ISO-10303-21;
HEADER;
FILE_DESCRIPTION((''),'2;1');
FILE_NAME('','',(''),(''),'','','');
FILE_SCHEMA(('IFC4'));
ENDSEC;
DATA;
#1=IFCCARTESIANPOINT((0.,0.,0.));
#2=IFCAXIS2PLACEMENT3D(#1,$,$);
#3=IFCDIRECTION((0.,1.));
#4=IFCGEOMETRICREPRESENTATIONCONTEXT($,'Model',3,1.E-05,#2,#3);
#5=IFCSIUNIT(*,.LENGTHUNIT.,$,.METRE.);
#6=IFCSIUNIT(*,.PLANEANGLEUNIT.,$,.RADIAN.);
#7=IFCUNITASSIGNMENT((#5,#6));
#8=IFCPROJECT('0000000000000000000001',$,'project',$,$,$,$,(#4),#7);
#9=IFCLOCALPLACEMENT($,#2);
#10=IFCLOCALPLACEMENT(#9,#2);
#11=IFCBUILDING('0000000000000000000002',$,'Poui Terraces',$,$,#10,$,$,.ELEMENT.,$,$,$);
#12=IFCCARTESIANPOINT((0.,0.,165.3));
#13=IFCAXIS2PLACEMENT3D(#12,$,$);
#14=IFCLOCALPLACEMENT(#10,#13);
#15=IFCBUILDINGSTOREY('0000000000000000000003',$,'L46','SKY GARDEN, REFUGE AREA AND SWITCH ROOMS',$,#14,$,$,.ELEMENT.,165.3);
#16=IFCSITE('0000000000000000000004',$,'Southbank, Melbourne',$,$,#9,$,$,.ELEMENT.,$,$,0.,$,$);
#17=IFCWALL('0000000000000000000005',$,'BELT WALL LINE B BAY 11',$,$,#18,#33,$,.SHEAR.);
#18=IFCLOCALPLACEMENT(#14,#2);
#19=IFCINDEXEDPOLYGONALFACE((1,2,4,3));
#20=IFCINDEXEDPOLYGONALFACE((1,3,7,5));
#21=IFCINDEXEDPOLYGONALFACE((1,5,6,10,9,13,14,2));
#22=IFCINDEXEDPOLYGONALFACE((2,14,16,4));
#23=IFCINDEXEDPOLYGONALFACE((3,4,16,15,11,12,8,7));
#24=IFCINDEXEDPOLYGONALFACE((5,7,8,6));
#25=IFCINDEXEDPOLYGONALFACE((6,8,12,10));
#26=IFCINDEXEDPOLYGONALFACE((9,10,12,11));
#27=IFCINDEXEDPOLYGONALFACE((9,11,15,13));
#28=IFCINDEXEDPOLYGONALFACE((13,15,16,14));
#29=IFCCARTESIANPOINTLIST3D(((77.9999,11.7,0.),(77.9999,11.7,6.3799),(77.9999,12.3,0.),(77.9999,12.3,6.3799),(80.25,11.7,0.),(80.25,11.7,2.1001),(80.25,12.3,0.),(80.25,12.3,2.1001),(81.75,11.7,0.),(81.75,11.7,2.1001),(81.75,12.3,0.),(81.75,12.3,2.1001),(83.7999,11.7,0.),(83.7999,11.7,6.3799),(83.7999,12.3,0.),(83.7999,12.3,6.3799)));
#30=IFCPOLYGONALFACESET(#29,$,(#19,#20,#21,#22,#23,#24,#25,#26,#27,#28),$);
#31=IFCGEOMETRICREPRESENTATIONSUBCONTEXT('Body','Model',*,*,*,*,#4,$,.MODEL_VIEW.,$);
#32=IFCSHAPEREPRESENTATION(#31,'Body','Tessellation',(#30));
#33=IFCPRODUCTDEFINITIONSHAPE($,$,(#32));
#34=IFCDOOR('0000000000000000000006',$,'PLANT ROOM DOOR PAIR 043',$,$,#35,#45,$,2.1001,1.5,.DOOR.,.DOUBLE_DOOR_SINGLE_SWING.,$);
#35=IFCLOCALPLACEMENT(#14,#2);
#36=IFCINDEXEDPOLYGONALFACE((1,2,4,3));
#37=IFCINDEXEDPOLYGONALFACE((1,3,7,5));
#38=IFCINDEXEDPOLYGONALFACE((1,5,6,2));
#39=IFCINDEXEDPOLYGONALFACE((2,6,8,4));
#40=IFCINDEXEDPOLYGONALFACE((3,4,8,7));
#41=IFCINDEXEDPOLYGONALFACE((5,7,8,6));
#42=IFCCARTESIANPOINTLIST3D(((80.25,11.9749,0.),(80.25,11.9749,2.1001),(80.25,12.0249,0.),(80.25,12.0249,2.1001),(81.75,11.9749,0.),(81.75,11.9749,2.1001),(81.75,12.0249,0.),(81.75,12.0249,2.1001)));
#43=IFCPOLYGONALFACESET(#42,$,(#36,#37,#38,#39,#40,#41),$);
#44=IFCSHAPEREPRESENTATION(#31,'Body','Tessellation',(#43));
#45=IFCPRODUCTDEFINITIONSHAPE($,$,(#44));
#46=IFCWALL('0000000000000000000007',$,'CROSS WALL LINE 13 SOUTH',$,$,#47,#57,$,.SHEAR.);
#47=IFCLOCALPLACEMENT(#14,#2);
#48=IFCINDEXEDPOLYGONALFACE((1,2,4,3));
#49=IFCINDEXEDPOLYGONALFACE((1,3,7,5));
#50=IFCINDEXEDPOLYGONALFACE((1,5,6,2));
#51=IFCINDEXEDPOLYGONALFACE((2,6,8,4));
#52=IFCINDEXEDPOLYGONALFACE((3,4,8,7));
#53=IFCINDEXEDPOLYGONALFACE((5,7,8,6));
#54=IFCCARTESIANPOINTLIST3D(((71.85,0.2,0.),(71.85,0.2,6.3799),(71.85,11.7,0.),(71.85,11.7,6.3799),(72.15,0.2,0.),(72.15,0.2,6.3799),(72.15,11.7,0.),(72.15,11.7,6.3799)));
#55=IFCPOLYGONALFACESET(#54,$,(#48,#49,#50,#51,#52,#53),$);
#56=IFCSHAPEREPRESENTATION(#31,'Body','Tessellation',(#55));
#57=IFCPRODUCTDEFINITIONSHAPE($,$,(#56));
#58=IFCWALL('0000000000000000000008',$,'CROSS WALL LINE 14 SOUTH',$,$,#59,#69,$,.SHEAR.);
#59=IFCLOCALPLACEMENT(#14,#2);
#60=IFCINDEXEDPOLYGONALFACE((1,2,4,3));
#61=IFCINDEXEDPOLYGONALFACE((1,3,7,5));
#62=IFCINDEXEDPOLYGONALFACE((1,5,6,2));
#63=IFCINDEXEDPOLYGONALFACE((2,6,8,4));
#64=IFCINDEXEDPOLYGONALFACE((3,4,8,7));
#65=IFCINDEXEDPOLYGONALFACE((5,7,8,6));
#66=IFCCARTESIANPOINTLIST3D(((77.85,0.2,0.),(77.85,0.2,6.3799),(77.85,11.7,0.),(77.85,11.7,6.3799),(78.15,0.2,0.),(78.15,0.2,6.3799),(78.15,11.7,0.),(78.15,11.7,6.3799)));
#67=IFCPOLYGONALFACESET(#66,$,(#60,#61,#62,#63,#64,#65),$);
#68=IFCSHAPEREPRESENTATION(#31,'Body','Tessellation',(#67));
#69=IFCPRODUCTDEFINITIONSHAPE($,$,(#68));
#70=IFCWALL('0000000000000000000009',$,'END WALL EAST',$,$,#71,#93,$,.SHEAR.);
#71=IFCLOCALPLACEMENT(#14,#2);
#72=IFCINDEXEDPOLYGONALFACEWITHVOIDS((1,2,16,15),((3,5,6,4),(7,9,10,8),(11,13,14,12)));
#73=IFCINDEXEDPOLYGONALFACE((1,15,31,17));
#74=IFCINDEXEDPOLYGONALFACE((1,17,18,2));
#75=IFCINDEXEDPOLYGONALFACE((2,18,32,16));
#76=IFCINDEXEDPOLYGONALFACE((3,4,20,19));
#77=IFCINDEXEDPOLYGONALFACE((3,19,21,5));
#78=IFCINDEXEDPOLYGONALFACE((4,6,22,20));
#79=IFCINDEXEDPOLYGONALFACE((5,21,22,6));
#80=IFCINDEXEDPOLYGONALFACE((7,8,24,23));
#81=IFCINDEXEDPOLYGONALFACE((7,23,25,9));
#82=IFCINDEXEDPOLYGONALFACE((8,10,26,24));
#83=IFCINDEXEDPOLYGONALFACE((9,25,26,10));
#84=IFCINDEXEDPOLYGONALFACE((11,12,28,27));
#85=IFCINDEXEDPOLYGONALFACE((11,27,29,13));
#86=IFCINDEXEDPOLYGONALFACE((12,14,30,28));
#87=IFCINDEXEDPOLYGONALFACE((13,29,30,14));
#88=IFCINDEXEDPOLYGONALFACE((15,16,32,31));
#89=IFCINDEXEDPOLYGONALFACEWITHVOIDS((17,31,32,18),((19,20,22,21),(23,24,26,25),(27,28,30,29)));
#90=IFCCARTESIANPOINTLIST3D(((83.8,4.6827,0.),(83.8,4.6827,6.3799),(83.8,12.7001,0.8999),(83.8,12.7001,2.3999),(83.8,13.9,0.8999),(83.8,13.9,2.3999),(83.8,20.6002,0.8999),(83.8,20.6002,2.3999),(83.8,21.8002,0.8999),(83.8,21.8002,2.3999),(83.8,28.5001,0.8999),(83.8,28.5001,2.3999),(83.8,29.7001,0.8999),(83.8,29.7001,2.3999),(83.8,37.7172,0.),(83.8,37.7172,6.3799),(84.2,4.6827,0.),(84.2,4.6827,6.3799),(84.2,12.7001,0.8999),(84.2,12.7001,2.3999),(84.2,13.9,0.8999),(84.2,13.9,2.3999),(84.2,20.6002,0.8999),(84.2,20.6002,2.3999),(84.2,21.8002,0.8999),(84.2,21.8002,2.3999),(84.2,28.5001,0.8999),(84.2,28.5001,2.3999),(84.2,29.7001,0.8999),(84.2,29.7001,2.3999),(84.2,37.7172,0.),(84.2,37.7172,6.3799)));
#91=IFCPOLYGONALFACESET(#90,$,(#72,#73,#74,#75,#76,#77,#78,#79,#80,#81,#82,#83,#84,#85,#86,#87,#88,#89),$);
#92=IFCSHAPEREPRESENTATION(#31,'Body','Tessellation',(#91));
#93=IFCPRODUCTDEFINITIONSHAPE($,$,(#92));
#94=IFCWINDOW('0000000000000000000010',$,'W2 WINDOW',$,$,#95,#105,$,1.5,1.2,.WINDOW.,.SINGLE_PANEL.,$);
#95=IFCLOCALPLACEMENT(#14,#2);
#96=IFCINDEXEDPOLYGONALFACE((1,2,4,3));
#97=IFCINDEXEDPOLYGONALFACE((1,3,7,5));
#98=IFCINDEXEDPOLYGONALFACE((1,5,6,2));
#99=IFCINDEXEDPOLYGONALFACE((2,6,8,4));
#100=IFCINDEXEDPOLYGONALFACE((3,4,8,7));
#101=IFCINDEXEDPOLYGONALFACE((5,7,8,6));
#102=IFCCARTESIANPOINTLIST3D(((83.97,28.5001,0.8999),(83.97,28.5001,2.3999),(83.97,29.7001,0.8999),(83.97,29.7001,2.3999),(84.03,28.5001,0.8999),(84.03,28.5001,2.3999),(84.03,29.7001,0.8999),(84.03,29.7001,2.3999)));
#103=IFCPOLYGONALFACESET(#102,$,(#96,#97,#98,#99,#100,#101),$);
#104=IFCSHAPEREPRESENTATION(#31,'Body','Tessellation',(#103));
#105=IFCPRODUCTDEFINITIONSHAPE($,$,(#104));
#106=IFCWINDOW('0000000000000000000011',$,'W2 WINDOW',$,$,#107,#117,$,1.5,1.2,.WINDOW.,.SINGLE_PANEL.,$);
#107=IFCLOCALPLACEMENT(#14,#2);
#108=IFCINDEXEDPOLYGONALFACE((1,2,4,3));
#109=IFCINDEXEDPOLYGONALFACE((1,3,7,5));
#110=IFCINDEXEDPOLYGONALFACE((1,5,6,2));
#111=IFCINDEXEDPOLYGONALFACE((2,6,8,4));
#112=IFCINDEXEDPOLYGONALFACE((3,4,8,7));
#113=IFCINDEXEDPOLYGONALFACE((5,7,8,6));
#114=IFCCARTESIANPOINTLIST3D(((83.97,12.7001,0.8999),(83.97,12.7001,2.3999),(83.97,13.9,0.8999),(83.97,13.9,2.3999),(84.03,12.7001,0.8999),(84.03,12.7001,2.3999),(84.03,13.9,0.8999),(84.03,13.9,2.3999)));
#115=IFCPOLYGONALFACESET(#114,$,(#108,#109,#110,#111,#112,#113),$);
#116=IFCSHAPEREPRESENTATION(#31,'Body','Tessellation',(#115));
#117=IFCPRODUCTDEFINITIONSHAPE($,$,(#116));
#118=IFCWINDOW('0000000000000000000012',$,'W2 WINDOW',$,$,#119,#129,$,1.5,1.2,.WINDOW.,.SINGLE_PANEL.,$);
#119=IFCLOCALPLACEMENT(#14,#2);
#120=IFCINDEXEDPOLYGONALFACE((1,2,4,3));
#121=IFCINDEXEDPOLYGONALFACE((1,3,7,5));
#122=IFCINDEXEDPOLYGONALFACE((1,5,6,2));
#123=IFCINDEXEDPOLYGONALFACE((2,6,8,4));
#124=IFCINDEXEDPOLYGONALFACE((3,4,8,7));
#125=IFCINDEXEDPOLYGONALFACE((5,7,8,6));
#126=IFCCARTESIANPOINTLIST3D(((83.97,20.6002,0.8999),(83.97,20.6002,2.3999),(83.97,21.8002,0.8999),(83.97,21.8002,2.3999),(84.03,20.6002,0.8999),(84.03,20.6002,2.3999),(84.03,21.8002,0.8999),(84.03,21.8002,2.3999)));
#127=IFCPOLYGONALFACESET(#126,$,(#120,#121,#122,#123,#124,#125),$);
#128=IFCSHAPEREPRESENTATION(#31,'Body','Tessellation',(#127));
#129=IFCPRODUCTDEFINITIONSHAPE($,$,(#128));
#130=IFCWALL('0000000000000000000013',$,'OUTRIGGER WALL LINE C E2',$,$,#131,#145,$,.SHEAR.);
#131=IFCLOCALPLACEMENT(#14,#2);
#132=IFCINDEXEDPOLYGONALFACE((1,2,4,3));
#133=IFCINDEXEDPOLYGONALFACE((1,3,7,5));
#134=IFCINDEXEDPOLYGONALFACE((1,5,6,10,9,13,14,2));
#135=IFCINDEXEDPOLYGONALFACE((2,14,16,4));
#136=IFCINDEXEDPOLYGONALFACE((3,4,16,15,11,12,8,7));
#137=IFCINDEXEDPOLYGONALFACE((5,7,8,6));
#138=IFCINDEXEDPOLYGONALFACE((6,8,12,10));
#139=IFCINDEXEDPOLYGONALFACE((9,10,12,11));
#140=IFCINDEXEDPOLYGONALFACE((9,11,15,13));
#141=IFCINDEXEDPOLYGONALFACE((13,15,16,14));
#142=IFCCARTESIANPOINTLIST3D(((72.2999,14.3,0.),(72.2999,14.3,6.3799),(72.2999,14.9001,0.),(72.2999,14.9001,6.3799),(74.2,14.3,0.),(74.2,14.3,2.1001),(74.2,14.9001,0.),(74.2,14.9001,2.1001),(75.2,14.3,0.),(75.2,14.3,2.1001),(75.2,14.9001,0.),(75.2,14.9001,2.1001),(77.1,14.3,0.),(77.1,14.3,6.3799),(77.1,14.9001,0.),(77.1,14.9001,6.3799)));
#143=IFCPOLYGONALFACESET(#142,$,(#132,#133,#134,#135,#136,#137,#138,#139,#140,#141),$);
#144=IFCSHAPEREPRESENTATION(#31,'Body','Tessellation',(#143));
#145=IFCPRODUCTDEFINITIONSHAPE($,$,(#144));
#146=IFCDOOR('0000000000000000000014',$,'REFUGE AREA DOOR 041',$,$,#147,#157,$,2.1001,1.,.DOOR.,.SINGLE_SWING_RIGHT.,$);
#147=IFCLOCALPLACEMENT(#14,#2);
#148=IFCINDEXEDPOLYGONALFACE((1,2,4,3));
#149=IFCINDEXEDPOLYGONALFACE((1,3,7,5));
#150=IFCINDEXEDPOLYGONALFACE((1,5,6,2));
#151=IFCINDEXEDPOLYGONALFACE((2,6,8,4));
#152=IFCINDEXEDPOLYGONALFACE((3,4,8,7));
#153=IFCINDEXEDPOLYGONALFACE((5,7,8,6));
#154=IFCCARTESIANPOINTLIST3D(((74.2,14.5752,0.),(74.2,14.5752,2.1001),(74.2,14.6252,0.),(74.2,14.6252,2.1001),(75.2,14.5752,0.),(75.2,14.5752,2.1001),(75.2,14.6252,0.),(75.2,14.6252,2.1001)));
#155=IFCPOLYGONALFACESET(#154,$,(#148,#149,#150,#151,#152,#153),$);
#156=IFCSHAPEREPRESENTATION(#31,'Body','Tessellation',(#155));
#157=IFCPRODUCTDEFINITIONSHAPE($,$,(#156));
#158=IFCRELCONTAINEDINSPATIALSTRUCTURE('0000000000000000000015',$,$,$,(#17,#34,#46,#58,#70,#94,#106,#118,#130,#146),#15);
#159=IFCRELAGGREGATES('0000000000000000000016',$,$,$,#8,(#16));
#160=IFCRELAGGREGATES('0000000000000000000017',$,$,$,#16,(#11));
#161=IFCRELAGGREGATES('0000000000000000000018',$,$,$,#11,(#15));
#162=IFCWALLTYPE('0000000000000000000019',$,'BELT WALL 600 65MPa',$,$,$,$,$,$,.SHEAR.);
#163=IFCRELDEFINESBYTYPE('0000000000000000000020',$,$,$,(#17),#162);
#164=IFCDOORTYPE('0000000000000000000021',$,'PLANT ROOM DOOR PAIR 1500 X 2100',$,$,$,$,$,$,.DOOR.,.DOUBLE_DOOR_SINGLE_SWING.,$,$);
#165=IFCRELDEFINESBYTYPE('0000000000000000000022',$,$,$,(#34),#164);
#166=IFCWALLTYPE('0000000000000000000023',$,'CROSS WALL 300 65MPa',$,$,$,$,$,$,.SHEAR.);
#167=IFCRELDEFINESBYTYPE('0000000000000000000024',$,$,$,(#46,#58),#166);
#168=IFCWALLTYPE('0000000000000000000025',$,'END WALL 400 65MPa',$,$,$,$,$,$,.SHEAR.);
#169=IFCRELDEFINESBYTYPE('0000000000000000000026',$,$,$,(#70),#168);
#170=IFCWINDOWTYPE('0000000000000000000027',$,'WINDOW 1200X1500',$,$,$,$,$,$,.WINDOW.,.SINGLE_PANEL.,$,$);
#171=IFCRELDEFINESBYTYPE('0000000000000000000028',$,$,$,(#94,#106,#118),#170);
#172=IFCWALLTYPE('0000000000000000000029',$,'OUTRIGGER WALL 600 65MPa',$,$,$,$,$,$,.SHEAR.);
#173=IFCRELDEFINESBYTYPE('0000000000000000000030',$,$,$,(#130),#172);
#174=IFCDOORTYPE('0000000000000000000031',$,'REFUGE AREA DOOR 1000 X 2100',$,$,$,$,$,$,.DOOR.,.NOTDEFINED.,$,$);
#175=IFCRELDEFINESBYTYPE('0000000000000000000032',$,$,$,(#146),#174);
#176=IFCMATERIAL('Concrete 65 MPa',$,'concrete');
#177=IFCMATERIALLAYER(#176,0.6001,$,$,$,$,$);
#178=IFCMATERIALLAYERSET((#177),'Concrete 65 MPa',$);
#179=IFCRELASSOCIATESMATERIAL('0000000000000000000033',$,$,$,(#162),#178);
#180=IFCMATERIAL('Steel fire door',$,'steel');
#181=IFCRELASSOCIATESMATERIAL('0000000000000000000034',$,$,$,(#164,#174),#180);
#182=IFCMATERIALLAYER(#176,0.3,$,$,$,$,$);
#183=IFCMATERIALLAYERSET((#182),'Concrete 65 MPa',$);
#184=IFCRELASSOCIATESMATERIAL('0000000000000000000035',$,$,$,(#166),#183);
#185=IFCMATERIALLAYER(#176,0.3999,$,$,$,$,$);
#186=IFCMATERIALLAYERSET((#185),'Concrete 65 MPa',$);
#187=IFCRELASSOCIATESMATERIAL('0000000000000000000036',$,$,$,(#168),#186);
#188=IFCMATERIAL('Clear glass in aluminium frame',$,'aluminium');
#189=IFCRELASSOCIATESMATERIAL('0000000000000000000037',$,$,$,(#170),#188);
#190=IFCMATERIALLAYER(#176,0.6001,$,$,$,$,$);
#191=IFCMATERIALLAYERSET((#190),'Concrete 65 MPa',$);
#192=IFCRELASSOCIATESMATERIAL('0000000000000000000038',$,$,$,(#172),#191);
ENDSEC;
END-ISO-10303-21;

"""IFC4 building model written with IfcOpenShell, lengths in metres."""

from ifc_helpers import new_model, si_unit, direction, frame, frame_2d, origin, place, context, subcontext, project, spatial, rectangle, extrude, material, layer, layer_set, type_object, element, fill, save


model = new_model("IFC4")

# Units and contexts
model_context = context("Model", 3, precision=1e-05, world=origin(), true_north=direction((0.0, 1.0)))
body_context = subcontext(model_context, "Body", "Model", "MODEL_VIEW")
ifc_project = project(units=[si_unit("LENGTHUNIT", "METRE"), si_unit("PLANEANGLEUNIT", "RADIAN")], contexts=[model_context])

# Site, building, storey
site_placement = place(None, origin())
site = spatial("IfcSite", under=ifc_project, at=site_placement, Name="Southbank, Melbourne", CompositionType="ELEMENT", RefElevation=0.0)
building_placement = place(site_placement, origin())
building = spatial("IfcBuilding", under=site, at=building_placement, Name="Poui Terraces", CompositionType="ELEMENT")
storey_placement = place(building_placement, frame((0.0, 0.0, 165.3)))
storey = spatial("IfcBuildingStorey", under=building, at=storey_placement, Name="L46", Description="SKY GARDEN, REFUGE AREA AND SWITCH ROOMS", CompositionType="ELEMENT", Elevation=165.3)

# Wall, opening, door
ifc_material_1 = material(Name="Concrete 65 MPa", Category="concrete")
ifc_layer_1 = layer(ifc_material_1, 0.6001)
ifc_layer_set_1 = layer_set([ifc_layer_1], Name="Concrete 65 MPa")
wall_type_1 = type_object("IfcWallType", Name="BELT WALL 600 65MPa", PredefinedType="SHEAR", material=ifc_layer_set_1)
ifc_material_2 = material(Name="Steel fire door", Category="steel")
door_type_1 = type_object("IfcDoorType", Name="PLANT ROOM DOOR PAIR 1500 X 2100", OperationType="DOUBLE_DOOR_SINGLE_SWING", PredefinedType="DOOR", material=ifc_material_2)
wall_1_placement = place(storey_placement, frame((78.0, 12.0, 0.0), z_axis=(0.0, 0.0, 1.0), x_axis=(1.0, 0.0, 0.0)))
wall_1 = element("IfcWall", 1, at=wall_1_placement, inside=storey, type_object=wall_type_1, Name="BELT WALL LINE B BAY 11", PredefinedType="SHEAR", context=body_context, shape_type="SweptSolid", body=[
    extrude(rectangle(XDim=5.8, YDim=0.6001, at=frame_2d((2.8999, 0.0))), origin(), (0.0, 0.0, 1.0), 6.3799),
])
opening_1_placement = place(wall_1_placement, frame((2.25, 0.0, 0.0)))
opening_1 = element("IfcOpeningElement", 2, at=opening_1_placement, cuts=wall_1, PredefinedType="OPENING", context=body_context, shape_type="SweptSolid", body=[
    extrude(rectangle(XDim=1.5, YDim=2.1001, at=frame_2d((0.75, 1.05))), frame((0.0, 0.3101, 0.0), z_axis=(0.0, -1.0, 0.0), x_axis=(1.0, 0.0, 0.0)), (0.0, 0.0, 1.0), 0.6201),
])
door_1_placement = place(opening_1_placement, origin())
door_1 = element("IfcDoor", 3, at=door_1_placement, inside=storey, type_object=door_type_1, Name="PLANT ROOM DOOR PAIR 043", OperationType="DOUBLE_DOOR_SINGLE_SWING", OverallHeight=2.1001, OverallWidth=1.5, PredefinedType="DOOR", context=body_context, shape_type="SweptSolid", body=[
    extrude(rectangle(XDim=1.5, YDim=2.1001, at=frame_2d((0.75, 1.05))), frame((0.0, 0.0249, 0.0), z_axis=(0.0, -1.0, 0.0), x_axis=(1.0, 0.0, 0.0)), (0.0, 0.0, 1.0), 0.05),
])
fill(opening_1, door_1)

# Walls
ifc_layer_2 = layer(ifc_material_1, 0.3)
ifc_layer_set_2 = layer_set([ifc_layer_2], Name="Concrete 65 MPa")
wall_type_2 = type_object("IfcWallType", Name="CROSS WALL 300 65MPa", PredefinedType="SHEAR", material=ifc_layer_set_2)
for number, where, z_axis, x_axis, name in (
    (4, (72.0, 0.2, 0.0), (0.0, 0.0, 1.0), (0.0, 1.0, 0.0), "CROSS WALL LINE 13 SOUTH"),
    (5, (78.0, 0.2, 0.0), (0.0, 0.0, 1.0), (0.0, 1.0, 0.0), "CROSS WALL LINE 14 SOUTH"),
):
    element("IfcWall", number, at=place(storey_placement, frame(where, z_axis=z_axis, x_axis=x_axis)), inside=storey, type_object=wall_type_2, Name=name, PredefinedType="SHEAR", context=body_context, shape_type="SweptSolid", body=[
        extrude(rectangle(XDim=11.5, YDim=0.3, at=frame_2d((5.75, 0.0))), origin(), (0.0, 0.0, 1.0), 6.3799),
    ])

# Wall, openings, windows
ifc_layer_3 = layer(ifc_material_1, 0.3999)
ifc_layer_set_3 = layer_set([ifc_layer_3], Name="Concrete 65 MPa")
wall_type_3 = type_object("IfcWallType", Name="END WALL 400 65MPa", PredefinedType="SHEAR", material=ifc_layer_set_3)
wall_2_placement = place(storey_placement, frame((84.0, 4.6829, 0.0), z_axis=(0.0, 0.0, 1.0), x_axis=(0.0, 1.0, 0.0)))
wall_2 = element("IfcWall", 6, at=wall_2_placement, inside=storey, type_object=wall_type_3, Name="END WALL EAST", PredefinedType="SHEAR", context=body_context, shape_type="SweptSolid", body=[
    extrude(rectangle(XDim=33.0344, YDim=0.3999, at=frame_2d((16.5171, 0.0))), origin(), (0.0, 0.0, 1.0), 6.3799),
])
opening_2_placement = place(wall_2_placement, frame((23.8171, 0.0, 0.8999)))
opening_2 = element("IfcOpeningElement", 7, at=opening_2_placement, cuts=wall_2, PredefinedType="OPENING", context=body_context, shape_type="SweptSolid", body=[
    extrude(rectangle(XDim=1.2, YDim=1.5, at=frame_2d((0.6001, 0.75))), frame((0.0, 0.21, 0.0), z_axis=(0.0, -1.0, 0.0), x_axis=(1.0, 0.0, 0.0)), (0.0, 0.0, 1.0), 0.4199),
])
opening_3_placement = place(wall_2_placement, frame((8.0171, 0.0, 0.8999)))
opening_3 = element("IfcOpeningElement", 8, at=opening_3_placement, cuts=wall_2, PredefinedType="OPENING", context=body_context, shape_type="SweptSolid", body=[
    extrude(rectangle(XDim=1.2, YDim=1.5, at=frame_2d((0.6001, 0.75))), frame((0.0, 0.21, 0.0), z_axis=(0.0, -1.0, 0.0), x_axis=(1.0, 0.0, 0.0)), (0.0, 0.0, 1.0), 0.4199),
])
opening_4_placement = place(wall_2_placement, frame((15.9172, 0.0, 0.8999)))
opening_4 = element("IfcOpeningElement", 9, at=opening_4_placement, cuts=wall_2, PredefinedType="OPENING", context=body_context, shape_type="SweptSolid", body=[
    extrude(rectangle(XDim=1.2, YDim=1.5, at=frame_2d((0.6001, 0.75))), frame((0.0, 0.21, 0.0), z_axis=(0.0, -1.0, 0.0), x_axis=(1.0, 0.0, 0.0)), (0.0, 0.0, 1.0), 0.4199),
])
ifc_material_3 = material(Name="Clear glass in aluminium frame", Category="aluminium")
window_type = type_object("IfcWindowType", Name="WINDOW 1200X1500", PartitioningType="SINGLE_PANEL", PredefinedType="WINDOW", material=ifc_material_3)
window_1_placement = place(opening_2_placement, origin())
window_1 = element("IfcWindow", 10, at=window_1_placement, inside=storey, type_object=window_type, Name="W2 WINDOW", OverallHeight=1.5, OverallWidth=1.2, PartitioningType="SINGLE_PANEL", PredefinedType="WINDOW", context=body_context, shape_type="SweptSolid", body=[
    extrude(rectangle(XDim=1.2, YDim=1.5, at=frame_2d((0.6001, 0.75))), frame((0.0, 0.03, 0.0), z_axis=(0.0, -1.0, 0.0), x_axis=(1.0, 0.0, 0.0)), (0.0, 0.0, 1.0), 0.0601),
])
fill(opening_2, window_1)
window_2_placement = place(opening_3_placement, origin())
window_2 = element("IfcWindow", 11, at=window_2_placement, inside=storey, type_object=window_type, Name="W2 WINDOW", OverallHeight=1.5, OverallWidth=1.2, PartitioningType="SINGLE_PANEL", PredefinedType="WINDOW", context=body_context, shape_type="SweptSolid", body=[
    extrude(rectangle(XDim=1.2, YDim=1.5, at=frame_2d((0.6001, 0.75))), frame((0.0, 0.03, 0.0), z_axis=(0.0, -1.0, 0.0), x_axis=(1.0, 0.0, 0.0)), (0.0, 0.0, 1.0), 0.0601),
])
fill(opening_3, window_2)
window_3_placement = place(opening_4_placement, origin())
window_3 = element("IfcWindow", 12, at=window_3_placement, inside=storey, type_object=window_type, Name="W2 WINDOW", OverallHeight=1.5, OverallWidth=1.2, PartitioningType="SINGLE_PANEL", PredefinedType="WINDOW", context=body_context, shape_type="SweptSolid", body=[
    extrude(rectangle(XDim=1.2, YDim=1.5, at=frame_2d((0.6001, 0.75))), frame((0.0, 0.03, 0.0), z_axis=(0.0, -1.0, 0.0), x_axis=(1.0, 0.0, 0.0)), (0.0, 0.0, 1.0), 0.0601),
])
fill(opening_4, window_3)

# Wall, opening, door
ifc_layer_4 = layer(ifc_material_1, 0.6001)
ifc_layer_set_4 = layer_set([ifc_layer_4], Name="Concrete 65 MPa")
wall_type_4 = type_object("IfcWallType", Name="OUTRIGGER WALL 600 65MPa", PredefinedType="SHEAR", material=ifc_layer_set_4)
wall_3_placement = place(storey_placement, frame((72.3, 14.6001, 0.0), z_axis=(0.0, 0.0, 1.0), x_axis=(1.0, 0.0, 0.0)))
wall_3 = element("IfcWall", 13, at=wall_3_placement, inside=storey, type_object=wall_type_4, Name="OUTRIGGER WALL LINE C E2", PredefinedType="SHEAR", context=body_context, shape_type="SweptSolid", body=[
    extrude(rectangle(XDim=4.8, YDim=0.6001, at=frame_2d((2.3999, 0.0))), origin(), (0.0, 0.0, 1.0), 6.3799),
])
opening_5_placement = place(wall_3_placement, frame((1.8999, 0.0, 0.0)))
opening_5 = element("IfcOpeningElement", 14, at=opening_5_placement, cuts=wall_3, PredefinedType="OPENING", context=body_context, shape_type="SweptSolid", body=[
    extrude(rectangle(XDim=1.0, YDim=2.1001, at=frame_2d((0.5, 1.05))), frame((0.0, 0.3101, 0.0), z_axis=(0.0, -1.0, 0.0), x_axis=(1.0, 0.0, 0.0)), (0.0, 0.0, 1.0), 0.6201),
])
door_type_2 = type_object("IfcDoorType", Name="REFUGE AREA DOOR 1000 X 2100", OperationType="NOTDEFINED", PredefinedType="DOOR", material=ifc_material_2)
door_2_placement = place(opening_5_placement, frame((1.0, 0.0, 0.0), z_axis=(0.0, 0.0, 1.0), x_axis=(-1.0, 0.0, 0.0)))
door_2 = element("IfcDoor", 15, at=door_2_placement, inside=storey, type_object=door_type_2, Name="REFUGE AREA DOOR 041", OperationType="SINGLE_SWING_RIGHT", OverallHeight=2.1001, OverallWidth=1.0, PredefinedType="DOOR", context=body_context, shape_type="SweptSolid", body=[
    extrude(rectangle(XDim=1.0, YDim=2.1001, at=frame_2d((0.5, 1.05))), frame((0.0, 0.0249, 0.0), z_axis=(0.0, -1.0, 0.0), x_axis=(1.0, 0.0, 0.0)), (0.0, 0.0, 1.0), 0.05),
])
fill(opening_5, door_2)

save(model, "model.ifc")
